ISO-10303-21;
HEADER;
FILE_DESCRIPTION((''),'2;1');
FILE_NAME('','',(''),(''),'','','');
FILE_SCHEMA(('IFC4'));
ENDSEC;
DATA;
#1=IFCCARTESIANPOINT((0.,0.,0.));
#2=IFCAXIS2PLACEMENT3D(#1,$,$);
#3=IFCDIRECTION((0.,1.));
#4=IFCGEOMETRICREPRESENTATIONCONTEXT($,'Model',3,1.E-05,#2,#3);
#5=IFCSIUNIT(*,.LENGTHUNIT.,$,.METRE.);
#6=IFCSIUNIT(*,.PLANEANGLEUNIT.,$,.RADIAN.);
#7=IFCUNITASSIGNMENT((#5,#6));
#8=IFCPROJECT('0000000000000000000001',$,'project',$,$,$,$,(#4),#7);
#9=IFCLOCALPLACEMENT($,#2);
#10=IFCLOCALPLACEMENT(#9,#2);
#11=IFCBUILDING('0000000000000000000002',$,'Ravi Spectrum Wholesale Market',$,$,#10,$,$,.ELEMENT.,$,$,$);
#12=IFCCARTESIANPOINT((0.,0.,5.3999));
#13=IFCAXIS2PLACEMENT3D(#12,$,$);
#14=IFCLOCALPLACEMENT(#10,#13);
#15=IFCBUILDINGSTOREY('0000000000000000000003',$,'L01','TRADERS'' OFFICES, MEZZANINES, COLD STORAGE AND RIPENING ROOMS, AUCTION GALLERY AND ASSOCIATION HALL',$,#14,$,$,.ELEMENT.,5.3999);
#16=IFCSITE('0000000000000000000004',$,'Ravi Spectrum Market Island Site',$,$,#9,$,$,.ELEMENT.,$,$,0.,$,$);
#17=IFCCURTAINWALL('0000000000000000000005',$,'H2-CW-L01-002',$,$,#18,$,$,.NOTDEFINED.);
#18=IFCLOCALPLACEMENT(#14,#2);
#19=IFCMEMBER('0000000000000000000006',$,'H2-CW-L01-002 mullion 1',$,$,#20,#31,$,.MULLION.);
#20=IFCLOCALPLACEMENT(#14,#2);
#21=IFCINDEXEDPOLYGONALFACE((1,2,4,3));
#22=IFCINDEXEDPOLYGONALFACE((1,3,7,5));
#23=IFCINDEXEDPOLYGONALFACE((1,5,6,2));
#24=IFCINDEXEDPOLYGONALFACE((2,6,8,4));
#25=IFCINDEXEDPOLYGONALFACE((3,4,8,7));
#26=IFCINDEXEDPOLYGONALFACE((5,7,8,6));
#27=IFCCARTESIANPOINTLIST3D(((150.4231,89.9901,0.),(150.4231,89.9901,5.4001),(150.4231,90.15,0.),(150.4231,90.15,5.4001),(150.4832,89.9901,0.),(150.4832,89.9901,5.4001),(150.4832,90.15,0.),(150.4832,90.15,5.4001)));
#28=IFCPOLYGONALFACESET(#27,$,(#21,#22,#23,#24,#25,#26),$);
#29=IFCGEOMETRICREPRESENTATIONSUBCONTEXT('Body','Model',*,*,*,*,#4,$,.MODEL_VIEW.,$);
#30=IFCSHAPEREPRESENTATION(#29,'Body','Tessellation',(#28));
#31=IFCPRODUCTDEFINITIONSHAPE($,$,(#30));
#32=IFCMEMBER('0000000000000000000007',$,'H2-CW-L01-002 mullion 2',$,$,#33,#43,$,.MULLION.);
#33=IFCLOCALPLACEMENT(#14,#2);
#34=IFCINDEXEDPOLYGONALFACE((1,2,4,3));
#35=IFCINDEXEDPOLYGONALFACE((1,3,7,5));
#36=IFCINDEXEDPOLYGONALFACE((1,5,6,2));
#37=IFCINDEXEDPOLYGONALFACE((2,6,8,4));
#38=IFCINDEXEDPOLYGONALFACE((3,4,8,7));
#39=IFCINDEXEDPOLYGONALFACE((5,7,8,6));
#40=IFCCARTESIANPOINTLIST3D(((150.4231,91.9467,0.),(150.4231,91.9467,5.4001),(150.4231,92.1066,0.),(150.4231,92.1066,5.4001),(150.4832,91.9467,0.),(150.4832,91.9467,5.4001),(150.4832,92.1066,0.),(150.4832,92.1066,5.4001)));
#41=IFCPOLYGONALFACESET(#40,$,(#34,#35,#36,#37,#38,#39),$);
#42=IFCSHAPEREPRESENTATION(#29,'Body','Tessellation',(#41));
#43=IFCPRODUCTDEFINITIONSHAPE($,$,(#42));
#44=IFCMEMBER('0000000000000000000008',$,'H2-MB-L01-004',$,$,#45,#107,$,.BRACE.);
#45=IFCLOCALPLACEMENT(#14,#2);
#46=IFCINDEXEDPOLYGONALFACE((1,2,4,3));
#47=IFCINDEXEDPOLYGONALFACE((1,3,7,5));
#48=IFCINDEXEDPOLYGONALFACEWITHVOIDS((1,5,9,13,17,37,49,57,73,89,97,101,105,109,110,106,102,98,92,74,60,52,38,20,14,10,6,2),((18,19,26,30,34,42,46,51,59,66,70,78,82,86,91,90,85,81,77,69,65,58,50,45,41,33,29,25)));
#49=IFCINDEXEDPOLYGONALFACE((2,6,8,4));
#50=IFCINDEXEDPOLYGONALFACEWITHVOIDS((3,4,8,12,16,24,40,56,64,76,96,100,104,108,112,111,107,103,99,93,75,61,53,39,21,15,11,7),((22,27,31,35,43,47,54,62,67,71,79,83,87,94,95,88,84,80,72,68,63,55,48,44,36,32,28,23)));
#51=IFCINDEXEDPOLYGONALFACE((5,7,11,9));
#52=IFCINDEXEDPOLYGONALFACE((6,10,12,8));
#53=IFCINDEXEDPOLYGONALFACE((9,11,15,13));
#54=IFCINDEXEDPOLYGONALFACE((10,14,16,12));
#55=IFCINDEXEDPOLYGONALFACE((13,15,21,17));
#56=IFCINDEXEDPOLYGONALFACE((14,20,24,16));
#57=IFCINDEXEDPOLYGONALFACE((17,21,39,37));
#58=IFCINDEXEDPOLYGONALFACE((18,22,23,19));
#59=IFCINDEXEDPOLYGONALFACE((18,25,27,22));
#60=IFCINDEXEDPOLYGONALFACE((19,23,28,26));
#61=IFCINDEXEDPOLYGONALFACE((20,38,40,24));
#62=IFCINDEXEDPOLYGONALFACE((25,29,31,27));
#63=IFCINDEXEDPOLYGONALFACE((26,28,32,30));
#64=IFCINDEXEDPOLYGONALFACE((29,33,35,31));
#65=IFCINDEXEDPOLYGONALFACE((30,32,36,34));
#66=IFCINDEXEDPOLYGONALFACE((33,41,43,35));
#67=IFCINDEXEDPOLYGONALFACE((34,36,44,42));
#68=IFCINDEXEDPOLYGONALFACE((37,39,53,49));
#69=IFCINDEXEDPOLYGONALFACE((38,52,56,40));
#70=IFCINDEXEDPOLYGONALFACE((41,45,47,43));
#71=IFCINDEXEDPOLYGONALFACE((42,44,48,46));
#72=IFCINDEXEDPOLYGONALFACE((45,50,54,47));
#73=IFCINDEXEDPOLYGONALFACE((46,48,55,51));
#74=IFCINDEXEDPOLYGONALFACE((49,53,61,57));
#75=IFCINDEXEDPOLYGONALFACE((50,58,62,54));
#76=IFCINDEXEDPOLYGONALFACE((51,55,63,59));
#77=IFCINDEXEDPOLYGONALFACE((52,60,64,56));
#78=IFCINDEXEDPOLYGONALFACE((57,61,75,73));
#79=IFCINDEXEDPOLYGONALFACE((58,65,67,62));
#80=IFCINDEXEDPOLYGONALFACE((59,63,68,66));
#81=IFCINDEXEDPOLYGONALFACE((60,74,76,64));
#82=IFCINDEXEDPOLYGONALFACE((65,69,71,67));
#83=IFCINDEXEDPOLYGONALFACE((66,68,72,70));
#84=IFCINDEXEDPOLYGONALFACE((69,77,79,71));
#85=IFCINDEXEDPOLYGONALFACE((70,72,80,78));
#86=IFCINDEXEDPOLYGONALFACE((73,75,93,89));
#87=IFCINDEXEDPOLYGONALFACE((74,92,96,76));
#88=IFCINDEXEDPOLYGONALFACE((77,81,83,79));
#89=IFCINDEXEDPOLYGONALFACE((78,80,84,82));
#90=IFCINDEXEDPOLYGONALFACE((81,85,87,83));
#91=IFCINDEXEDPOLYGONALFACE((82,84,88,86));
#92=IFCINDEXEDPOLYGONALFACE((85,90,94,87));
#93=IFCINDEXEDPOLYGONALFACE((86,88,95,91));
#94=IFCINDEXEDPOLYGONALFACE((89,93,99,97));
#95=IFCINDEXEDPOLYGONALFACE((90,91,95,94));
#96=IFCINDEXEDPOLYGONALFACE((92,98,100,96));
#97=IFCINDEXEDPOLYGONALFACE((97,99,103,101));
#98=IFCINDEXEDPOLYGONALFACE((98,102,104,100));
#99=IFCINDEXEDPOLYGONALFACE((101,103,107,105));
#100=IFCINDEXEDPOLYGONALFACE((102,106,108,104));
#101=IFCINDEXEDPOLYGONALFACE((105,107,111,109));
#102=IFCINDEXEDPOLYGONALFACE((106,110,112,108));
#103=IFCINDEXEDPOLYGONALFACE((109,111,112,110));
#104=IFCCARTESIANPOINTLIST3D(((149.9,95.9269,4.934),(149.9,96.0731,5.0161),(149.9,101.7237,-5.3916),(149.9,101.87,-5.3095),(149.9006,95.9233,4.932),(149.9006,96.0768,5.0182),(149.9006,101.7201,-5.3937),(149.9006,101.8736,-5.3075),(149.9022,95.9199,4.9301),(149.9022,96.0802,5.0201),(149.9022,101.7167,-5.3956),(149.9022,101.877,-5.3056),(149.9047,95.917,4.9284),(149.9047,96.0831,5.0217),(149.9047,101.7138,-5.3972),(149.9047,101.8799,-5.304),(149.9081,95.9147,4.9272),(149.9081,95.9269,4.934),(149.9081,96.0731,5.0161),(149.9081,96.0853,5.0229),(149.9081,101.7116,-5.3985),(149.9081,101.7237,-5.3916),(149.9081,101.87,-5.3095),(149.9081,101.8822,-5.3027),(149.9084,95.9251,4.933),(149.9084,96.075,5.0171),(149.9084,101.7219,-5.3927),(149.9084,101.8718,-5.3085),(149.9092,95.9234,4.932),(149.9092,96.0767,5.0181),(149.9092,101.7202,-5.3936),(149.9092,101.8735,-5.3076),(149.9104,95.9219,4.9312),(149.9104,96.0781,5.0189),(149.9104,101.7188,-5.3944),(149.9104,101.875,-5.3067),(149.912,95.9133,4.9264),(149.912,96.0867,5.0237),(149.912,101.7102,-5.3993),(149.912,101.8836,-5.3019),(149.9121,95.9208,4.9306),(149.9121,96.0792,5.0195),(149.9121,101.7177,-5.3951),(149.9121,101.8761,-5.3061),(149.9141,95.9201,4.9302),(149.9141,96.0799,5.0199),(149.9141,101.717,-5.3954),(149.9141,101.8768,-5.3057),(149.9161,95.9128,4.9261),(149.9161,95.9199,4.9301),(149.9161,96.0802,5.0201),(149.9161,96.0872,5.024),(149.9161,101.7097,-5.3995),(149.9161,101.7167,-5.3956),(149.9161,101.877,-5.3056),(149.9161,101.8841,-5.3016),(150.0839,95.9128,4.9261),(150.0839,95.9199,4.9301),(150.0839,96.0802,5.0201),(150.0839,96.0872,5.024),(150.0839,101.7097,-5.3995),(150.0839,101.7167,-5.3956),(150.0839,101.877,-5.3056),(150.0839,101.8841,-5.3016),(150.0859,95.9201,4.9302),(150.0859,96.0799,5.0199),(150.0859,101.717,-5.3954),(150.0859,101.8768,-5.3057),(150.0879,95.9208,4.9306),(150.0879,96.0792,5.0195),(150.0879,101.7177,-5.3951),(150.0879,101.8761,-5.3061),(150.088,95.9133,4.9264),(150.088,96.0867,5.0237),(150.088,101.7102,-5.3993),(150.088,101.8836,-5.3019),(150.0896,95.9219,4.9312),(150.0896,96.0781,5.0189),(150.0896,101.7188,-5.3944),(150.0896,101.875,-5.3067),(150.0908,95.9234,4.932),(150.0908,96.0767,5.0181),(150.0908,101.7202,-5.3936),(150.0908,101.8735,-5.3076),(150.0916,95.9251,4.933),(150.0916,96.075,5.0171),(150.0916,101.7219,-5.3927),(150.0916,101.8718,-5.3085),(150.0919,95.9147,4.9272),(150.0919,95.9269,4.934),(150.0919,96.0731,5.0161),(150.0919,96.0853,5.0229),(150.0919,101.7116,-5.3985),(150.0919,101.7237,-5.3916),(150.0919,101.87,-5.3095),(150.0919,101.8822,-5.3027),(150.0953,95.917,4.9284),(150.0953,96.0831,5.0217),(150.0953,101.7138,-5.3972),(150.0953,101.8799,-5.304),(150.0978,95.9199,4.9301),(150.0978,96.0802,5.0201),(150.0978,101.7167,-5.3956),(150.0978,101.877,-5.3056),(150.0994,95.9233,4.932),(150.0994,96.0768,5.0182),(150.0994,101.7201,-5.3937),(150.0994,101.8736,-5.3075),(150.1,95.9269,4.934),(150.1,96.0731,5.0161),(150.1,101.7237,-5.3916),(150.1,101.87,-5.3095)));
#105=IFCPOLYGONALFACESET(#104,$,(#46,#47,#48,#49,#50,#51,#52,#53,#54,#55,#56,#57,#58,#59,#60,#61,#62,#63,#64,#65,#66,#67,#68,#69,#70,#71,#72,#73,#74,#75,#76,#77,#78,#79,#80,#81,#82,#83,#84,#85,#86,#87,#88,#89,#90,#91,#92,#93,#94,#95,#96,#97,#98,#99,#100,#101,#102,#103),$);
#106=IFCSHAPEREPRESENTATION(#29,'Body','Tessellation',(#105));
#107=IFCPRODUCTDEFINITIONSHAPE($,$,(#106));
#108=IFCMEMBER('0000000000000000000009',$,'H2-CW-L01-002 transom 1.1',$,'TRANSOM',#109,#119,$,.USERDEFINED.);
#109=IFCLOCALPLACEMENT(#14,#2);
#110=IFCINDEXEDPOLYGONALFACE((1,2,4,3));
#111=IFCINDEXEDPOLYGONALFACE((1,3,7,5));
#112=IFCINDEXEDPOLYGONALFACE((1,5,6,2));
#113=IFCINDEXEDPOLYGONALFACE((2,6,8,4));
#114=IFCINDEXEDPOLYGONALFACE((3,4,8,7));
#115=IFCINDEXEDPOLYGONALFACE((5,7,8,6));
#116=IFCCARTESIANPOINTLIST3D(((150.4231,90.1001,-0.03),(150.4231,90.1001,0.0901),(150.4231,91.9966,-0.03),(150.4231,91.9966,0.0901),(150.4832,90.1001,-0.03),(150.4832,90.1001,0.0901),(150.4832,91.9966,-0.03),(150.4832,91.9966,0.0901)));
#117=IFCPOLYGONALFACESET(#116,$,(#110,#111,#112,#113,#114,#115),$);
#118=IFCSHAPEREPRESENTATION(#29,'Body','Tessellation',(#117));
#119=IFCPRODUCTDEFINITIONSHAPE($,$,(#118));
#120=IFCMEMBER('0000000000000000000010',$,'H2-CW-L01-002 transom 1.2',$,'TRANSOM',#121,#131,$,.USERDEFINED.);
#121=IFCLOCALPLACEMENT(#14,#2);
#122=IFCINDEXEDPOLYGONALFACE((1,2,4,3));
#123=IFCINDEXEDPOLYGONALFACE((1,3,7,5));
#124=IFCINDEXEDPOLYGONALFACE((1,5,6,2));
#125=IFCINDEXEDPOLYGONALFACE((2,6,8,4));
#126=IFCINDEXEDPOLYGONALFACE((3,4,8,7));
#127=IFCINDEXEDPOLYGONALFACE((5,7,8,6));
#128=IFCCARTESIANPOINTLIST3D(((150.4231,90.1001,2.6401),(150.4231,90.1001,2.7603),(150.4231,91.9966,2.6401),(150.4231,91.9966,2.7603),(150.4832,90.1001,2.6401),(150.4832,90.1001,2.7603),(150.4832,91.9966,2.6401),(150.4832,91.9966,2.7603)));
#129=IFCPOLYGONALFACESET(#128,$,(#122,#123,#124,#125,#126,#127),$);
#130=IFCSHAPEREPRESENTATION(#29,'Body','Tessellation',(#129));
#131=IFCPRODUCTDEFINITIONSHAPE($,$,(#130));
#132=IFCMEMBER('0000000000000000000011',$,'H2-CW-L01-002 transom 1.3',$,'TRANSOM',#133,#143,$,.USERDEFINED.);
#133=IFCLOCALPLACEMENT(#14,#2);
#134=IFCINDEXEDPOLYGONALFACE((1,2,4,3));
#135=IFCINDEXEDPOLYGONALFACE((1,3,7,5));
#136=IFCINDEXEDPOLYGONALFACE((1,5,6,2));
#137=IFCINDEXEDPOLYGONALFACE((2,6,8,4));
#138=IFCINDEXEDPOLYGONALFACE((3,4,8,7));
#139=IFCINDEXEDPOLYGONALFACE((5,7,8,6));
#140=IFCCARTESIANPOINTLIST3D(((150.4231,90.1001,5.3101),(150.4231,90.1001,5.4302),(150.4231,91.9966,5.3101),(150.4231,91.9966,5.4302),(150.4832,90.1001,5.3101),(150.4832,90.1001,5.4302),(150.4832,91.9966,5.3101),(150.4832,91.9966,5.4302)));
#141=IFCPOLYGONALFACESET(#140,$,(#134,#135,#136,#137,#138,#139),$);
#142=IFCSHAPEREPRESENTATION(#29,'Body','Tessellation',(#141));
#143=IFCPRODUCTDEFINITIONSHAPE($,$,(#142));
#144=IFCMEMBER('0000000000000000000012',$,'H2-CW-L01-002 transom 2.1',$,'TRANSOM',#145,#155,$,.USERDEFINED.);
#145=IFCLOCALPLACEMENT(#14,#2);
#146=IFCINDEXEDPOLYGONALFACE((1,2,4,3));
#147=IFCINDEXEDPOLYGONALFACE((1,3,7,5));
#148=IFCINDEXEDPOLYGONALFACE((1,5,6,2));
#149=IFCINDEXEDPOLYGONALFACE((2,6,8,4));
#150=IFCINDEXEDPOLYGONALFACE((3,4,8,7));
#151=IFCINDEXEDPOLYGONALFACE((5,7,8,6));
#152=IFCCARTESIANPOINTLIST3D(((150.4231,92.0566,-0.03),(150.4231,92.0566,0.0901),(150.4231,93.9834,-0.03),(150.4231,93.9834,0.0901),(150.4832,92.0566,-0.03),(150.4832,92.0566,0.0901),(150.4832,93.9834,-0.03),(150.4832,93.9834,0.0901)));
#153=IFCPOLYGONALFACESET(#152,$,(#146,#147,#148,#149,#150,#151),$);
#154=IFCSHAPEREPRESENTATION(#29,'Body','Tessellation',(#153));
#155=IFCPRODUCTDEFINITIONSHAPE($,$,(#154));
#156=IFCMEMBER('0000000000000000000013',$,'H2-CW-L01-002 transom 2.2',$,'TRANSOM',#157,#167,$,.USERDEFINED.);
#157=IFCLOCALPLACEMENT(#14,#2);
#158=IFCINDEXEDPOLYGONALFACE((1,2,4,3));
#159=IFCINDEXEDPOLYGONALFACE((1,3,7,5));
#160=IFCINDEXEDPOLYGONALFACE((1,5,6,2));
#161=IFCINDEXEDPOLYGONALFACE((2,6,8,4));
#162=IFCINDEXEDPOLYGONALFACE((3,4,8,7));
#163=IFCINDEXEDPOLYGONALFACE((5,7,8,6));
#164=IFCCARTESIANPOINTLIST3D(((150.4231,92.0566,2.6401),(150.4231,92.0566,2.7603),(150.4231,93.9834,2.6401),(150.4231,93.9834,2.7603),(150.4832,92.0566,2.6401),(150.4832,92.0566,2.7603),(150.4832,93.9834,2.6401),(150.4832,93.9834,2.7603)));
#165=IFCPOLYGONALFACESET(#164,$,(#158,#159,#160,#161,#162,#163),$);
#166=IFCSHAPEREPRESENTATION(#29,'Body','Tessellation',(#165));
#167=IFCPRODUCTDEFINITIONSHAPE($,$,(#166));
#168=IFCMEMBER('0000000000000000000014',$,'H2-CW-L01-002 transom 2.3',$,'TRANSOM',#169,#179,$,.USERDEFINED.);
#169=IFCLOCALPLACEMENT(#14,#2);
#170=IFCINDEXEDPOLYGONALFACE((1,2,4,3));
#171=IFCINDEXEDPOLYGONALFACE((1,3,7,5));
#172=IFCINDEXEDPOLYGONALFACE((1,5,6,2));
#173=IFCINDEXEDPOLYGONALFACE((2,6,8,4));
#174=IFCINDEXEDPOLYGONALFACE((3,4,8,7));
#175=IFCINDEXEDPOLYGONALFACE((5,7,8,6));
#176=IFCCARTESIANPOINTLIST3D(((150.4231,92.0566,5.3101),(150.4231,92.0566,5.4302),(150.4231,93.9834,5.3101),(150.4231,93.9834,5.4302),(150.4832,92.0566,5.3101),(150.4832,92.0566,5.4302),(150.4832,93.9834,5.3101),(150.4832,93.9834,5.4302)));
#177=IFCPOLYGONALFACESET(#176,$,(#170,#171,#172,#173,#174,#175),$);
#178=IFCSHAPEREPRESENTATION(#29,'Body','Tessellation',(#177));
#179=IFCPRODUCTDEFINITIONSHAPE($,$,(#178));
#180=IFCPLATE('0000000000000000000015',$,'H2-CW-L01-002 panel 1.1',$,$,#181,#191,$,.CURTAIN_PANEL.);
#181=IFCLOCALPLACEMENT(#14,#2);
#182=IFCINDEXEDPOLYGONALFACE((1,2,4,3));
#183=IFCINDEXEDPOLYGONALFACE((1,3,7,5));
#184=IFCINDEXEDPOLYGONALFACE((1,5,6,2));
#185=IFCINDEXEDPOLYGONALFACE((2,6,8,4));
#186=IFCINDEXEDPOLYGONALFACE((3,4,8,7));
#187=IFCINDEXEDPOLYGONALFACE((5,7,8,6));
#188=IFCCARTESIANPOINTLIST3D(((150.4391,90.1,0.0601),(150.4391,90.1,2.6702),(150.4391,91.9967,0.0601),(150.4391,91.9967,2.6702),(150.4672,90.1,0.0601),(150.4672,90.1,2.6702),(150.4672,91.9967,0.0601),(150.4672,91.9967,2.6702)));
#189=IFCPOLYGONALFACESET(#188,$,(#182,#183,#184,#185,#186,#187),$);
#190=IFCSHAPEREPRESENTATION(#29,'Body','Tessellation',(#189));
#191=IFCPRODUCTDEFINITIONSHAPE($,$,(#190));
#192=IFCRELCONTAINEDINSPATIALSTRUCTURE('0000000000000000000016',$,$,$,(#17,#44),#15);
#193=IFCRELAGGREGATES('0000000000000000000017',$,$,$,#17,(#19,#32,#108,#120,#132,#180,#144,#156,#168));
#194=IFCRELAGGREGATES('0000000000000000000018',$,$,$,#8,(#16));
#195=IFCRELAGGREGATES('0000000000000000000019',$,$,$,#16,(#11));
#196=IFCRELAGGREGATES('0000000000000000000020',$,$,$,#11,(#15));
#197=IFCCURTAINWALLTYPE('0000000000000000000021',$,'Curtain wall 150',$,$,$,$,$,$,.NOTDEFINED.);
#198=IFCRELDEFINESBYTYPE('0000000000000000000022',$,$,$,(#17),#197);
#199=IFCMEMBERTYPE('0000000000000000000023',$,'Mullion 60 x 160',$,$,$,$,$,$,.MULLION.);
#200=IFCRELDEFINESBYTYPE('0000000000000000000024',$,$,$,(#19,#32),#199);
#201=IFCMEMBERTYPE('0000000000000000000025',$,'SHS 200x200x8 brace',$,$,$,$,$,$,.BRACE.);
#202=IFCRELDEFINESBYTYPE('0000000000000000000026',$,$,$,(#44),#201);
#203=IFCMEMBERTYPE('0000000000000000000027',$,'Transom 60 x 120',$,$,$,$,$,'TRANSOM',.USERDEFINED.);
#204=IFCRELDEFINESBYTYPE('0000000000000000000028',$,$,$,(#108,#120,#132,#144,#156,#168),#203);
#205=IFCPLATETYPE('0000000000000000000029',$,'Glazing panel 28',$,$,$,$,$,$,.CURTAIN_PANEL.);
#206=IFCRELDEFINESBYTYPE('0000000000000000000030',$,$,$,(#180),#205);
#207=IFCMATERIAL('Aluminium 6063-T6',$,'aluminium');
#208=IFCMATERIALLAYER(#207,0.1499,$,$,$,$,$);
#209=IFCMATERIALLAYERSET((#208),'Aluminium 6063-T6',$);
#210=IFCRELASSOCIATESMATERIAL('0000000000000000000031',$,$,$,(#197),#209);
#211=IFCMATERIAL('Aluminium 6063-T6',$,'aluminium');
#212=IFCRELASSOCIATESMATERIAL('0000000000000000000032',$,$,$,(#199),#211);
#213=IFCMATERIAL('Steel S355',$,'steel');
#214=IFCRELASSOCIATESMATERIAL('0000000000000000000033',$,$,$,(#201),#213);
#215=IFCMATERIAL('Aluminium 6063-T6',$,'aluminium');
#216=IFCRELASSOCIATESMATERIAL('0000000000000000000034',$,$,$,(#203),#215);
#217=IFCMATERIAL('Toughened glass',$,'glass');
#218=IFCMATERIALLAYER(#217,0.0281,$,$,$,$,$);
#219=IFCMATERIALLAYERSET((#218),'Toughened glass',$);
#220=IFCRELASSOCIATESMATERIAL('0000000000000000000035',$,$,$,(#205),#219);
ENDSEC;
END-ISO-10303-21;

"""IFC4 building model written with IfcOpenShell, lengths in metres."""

from ifc_helpers import new_model, si_unit, direction, frame, origin, origin_2d, place, context, subcontext, project, spatial, rectangle, hollow_rectangle, extrude, material, layer, layer_set, material_profile, profile_set, type_object, element, aggregate, save


model = new_model("IFC4")

# Units and contexts
model_context = context("Model", 3, precision=1e-05, world=origin(), true_north=direction((0.0, 1.0)))
body_context = subcontext(model_context, "Body", "Model", "MODEL_VIEW")
ifc_project = project(units=[si_unit("LENGTHUNIT", "METRE"), si_unit("PLANEANGLEUNIT", "RADIAN")], contexts=[model_context])

# Site, building, storey
site_placement = place(None, origin())
site = spatial("IfcSite", under=ifc_project, at=site_placement, Name="Ravi Spectrum Market Island Site", CompositionType="ELEMENT", RefElevation=0.0)
building_placement = place(site_placement, origin())
building = spatial("IfcBuilding", under=site, at=building_placement, Name="Ravi Spectrum Wholesale Market", CompositionType="ELEMENT")
storey_placement = place(building_placement, frame((0.0, 0.0, 5.3999)))
storey = spatial("IfcBuildingStorey", under=building, at=storey_placement, Name="L01", Description="TRADERS' OFFICES, MEZZANINES, COLD STORAGE AND RIPENING ROOMS, AUCTION GALLERY AND ASSOCIATION HALL", CompositionType="ELEMENT", Elevation=5.3999)

# Shared definitions
ifc_material_1 = material(Name="Aluminium 6063-T6", Category="aluminium")
ifc_layer_1 = layer(ifc_material_1, 0.1499)
ifc_layer_set_1 = layer_set([ifc_layer_1], Name="Aluminium 6063-T6")
curtain_wall_type = type_object("IfcCurtainWallType", Name="Curtain wall 150", PredefinedType="NOTDEFINED", material=ifc_layer_set_1)
ifc_material_2 = material(Name="Aluminium 6063-T6", Category="aluminium")
ifc_material_profile_1 = material_profile(ifc_material_2, rectangle(XDim=0.0601, YDim=0.1599, at=origin_2d()))
ifc_profile_set_1 = profile_set([ifc_material_profile_1], Name="Aluminium 6063-T6")
member_type_1 = type_object("IfcMemberType", Name="Mullion 60 x 160", PredefinedType="MULLION", material=ifc_profile_set_1)

# Curtain wall, members
curtain_wall_1_placement = place(storey_placement, origin())
curtain_wall_1 = element("IfcCurtainWall", 1, at=curtain_wall_1_placement, inside=storey, type_object=curtain_wall_type, Name="H2-CW-L01-002", PredefinedType="NOTDEFINED")
member_1_placement = place(storey_placement, frame((150.4531, 90.0701, 0.0), z_axis=(0.0, 0.0, 1.0), x_axis=(-1.0, 0.0, 0.0)))
member_1 = element("IfcMember", 2, at=member_1_placement, type_object=member_type_1, Name="H2-CW-L01-002 mullion 1", PredefinedType="MULLION", context=body_context, shape_type="SweptSolid", body=[
    extrude(rectangle(XDim=0.0601, YDim=0.1599, at=origin_2d()), origin(), (0.0, 0.0, 1.0), 5.4001),
])
member_2_placement = place(storey_placement, frame((150.4531, 92.0266, 0.0), z_axis=(0.0, 0.0, 1.0), x_axis=(-1.0, 0.0, 0.0)))
member_2 = element("IfcMember", 3, at=member_2_placement, type_object=member_type_1, Name="H2-CW-L01-002 mullion 2", PredefinedType="MULLION", context=body_context, shape_type="SweptSolid", body=[
    extrude(rectangle(XDim=0.0601, YDim=0.1599, at=origin_2d()), origin(), (0.0, 0.0, 1.0), 5.4001),
])

# Members
ifc_material_3 = material(Name="Steel S355", Category="steel")
ifc_material_profile_2 = material_profile(ifc_material_3, hollow_rectangle(XDim=0.2, YDim=0.2, WallThickness=0.0081, InnerFilletRadius=0.0081, OuterFilletRadius=0.0161, at=origin_2d()))
ifc_profile_set_2 = profile_set([ifc_material_profile_2], Name="Steel S355")
member_type_2 = type_object("IfcMemberType", Name="SHS 200x200x8 brace", PredefinedType="BRACE", material=ifc_profile_set_2)
member_3_placement = place(storey_placement, frame((150.0, 101.7969, -5.3506), z_axis=(0.0, -0.489535, 0.871984), x_axis=(1.0, 0.0, 0.0)))
element("IfcMember", 4, at=member_3_placement, inside=storey, type_object=member_type_2, Name="H2-MB-L01-004", PredefinedType="BRACE", context=body_context, shape_type="SweptSolid", body=[
    extrude(hollow_rectangle(XDim=0.2, YDim=0.2, WallThickness=0.0081, InnerFilletRadius=0.0081, OuterFilletRadius=0.0161, at=origin_2d()), origin(), (0.0, 0.0, 1.0), 11.8416),
])
ifc_material_4 = material(Name="Aluminium 6063-T6", Category="aluminium")
ifc_material_profile_3 = material_profile(ifc_material_4, rectangle(XDim=0.0601, YDim=0.1201, at=origin_2d()))
ifc_profile_set_3 = profile_set([ifc_material_profile_3], Name="Aluminium 6063-T6")
member_type_3 = type_object("IfcMemberType", Name="Transom 60 x 120", ElementType="TRANSOM", PredefinedType="USERDEFINED", material=ifc_profile_set_3)
member_4_placement = place(storey_placement, frame((150.4531, 90.1001, 0.03), z_axis=(0.0, 1.0, 0.0), x_axis=(-1.0, 0.0, 0.0)))
member_4 = element("IfcMember", 5, at=member_4_placement, type_object=member_type_3, Name="H2-CW-L01-002 transom 1.1", ObjectType="TRANSOM", PredefinedType="USERDEFINED", context=body_context, shape_type="SweptSolid", body=[
    extrude(rectangle(XDim=0.0601, YDim=0.1201, at=origin_2d()), origin(), (0.0, 0.0, 1.0), 1.8965),
])
member_5_placement = place(storey_placement, frame((150.4531, 90.1001, 2.7002), z_axis=(0.0, 1.0, 0.0), x_axis=(-1.0, 0.0, 0.0)))
member_5 = element("IfcMember", 6, at=member_5_placement, type_object=member_type_3, Name="H2-CW-L01-002 transom 1.2", ObjectType="TRANSOM", PredefinedType="USERDEFINED", context=body_context, shape_type="SweptSolid", body=[
    extrude(rectangle(XDim=0.0601, YDim=0.1201, at=origin_2d()), origin(), (0.0, 0.0, 1.0), 1.8965),
])
member_6_placement = place(storey_placement, frame((150.4531, 90.1001, 5.3701), z_axis=(0.0, 1.0, 0.0), x_axis=(-1.0, 0.0, 0.0)))
member_6 = element("IfcMember", 7, at=member_6_placement, type_object=member_type_3, Name="H2-CW-L01-002 transom 1.3", ObjectType="TRANSOM", PredefinedType="USERDEFINED", context=body_context, shape_type="SweptSolid", body=[
    extrude(rectangle(XDim=0.0601, YDim=0.1201, at=origin_2d()), origin(), (0.0, 0.0, 1.0), 1.8965),
])
member_7_placement = place(storey_placement, frame((150.4531, 92.0566, 0.03), z_axis=(0.0, 1.0, 0.0), x_axis=(-1.0, 0.0, 0.0)))
member_7 = element("IfcMember", 8, at=member_7_placement, type_object=member_type_3, Name="H2-CW-L01-002 transom 2.1", ObjectType="TRANSOM", PredefinedType="USERDEFINED", context=body_context, shape_type="SweptSolid", body=[
    extrude(rectangle(XDim=0.0601, YDim=0.1201, at=origin_2d()), origin(), (0.0, 0.0, 1.0), 1.9268),
])
member_8_placement = place(storey_placement, frame((150.4531, 92.0566, 2.7002), z_axis=(0.0, 1.0, 0.0), x_axis=(-1.0, 0.0, 0.0)))
member_8 = element("IfcMember", 9, at=member_8_placement, type_object=member_type_3, Name="H2-CW-L01-002 transom 2.2", ObjectType="TRANSOM", PredefinedType="USERDEFINED", context=body_context, shape_type="SweptSolid", body=[
    extrude(rectangle(XDim=0.0601, YDim=0.1201, at=origin_2d()), origin(), (0.0, 0.0, 1.0), 1.9268),
])
member_9_placement = place(storey_placement, frame((150.4531, 92.0566, 5.3701), z_axis=(0.0, 1.0, 0.0), x_axis=(-1.0, 0.0, 0.0)))
member_9 = element("IfcMember", 10, at=member_9_placement, type_object=member_type_3, Name="H2-CW-L01-002 transom 2.3", ObjectType="TRANSOM", PredefinedType="USERDEFINED", context=body_context, shape_type="SweptSolid", body=[
    extrude(rectangle(XDim=0.0601, YDim=0.1201, at=origin_2d()), origin(), (0.0, 0.0, 1.0), 1.9268),
])

# Plate
ifc_material_5 = material(Name="Toughened glass", Category="glass")
ifc_layer_2 = layer(ifc_material_5, 0.0281)
ifc_layer_set_2 = layer_set([ifc_layer_2], Name="Toughened glass")
plate_type_1 = type_object("IfcPlateType", Name="Glazing panel 28", PredefinedType="CURTAIN_PANEL", material=ifc_layer_set_2)
plate_1_placement = place(storey_placement, frame((150.4531, 91.0483, 0.0601), z_axis=(0.0, 0.0, 1.0), x_axis=(0.0, 1.0, 0.0)))
plate_1 = element("IfcPlate", 11, at=plate_1_placement, type_object=plate_type_1, Name="H2-CW-L01-002 panel 1.1", PredefinedType="CURTAIN_PANEL", context=body_context, shape_type="SweptSolid", body=[
    extrude(rectangle(XDim=1.8967, YDim=0.0281, at=origin_2d()), origin(), (0.0, 0.0, 1.0), 2.6101),
])
aggregate(curtain_wall_1, [member_1, member_2, member_4, member_5, member_6, plate_1, member_7, member_8, member_9])

save(model, "model.ifc")
